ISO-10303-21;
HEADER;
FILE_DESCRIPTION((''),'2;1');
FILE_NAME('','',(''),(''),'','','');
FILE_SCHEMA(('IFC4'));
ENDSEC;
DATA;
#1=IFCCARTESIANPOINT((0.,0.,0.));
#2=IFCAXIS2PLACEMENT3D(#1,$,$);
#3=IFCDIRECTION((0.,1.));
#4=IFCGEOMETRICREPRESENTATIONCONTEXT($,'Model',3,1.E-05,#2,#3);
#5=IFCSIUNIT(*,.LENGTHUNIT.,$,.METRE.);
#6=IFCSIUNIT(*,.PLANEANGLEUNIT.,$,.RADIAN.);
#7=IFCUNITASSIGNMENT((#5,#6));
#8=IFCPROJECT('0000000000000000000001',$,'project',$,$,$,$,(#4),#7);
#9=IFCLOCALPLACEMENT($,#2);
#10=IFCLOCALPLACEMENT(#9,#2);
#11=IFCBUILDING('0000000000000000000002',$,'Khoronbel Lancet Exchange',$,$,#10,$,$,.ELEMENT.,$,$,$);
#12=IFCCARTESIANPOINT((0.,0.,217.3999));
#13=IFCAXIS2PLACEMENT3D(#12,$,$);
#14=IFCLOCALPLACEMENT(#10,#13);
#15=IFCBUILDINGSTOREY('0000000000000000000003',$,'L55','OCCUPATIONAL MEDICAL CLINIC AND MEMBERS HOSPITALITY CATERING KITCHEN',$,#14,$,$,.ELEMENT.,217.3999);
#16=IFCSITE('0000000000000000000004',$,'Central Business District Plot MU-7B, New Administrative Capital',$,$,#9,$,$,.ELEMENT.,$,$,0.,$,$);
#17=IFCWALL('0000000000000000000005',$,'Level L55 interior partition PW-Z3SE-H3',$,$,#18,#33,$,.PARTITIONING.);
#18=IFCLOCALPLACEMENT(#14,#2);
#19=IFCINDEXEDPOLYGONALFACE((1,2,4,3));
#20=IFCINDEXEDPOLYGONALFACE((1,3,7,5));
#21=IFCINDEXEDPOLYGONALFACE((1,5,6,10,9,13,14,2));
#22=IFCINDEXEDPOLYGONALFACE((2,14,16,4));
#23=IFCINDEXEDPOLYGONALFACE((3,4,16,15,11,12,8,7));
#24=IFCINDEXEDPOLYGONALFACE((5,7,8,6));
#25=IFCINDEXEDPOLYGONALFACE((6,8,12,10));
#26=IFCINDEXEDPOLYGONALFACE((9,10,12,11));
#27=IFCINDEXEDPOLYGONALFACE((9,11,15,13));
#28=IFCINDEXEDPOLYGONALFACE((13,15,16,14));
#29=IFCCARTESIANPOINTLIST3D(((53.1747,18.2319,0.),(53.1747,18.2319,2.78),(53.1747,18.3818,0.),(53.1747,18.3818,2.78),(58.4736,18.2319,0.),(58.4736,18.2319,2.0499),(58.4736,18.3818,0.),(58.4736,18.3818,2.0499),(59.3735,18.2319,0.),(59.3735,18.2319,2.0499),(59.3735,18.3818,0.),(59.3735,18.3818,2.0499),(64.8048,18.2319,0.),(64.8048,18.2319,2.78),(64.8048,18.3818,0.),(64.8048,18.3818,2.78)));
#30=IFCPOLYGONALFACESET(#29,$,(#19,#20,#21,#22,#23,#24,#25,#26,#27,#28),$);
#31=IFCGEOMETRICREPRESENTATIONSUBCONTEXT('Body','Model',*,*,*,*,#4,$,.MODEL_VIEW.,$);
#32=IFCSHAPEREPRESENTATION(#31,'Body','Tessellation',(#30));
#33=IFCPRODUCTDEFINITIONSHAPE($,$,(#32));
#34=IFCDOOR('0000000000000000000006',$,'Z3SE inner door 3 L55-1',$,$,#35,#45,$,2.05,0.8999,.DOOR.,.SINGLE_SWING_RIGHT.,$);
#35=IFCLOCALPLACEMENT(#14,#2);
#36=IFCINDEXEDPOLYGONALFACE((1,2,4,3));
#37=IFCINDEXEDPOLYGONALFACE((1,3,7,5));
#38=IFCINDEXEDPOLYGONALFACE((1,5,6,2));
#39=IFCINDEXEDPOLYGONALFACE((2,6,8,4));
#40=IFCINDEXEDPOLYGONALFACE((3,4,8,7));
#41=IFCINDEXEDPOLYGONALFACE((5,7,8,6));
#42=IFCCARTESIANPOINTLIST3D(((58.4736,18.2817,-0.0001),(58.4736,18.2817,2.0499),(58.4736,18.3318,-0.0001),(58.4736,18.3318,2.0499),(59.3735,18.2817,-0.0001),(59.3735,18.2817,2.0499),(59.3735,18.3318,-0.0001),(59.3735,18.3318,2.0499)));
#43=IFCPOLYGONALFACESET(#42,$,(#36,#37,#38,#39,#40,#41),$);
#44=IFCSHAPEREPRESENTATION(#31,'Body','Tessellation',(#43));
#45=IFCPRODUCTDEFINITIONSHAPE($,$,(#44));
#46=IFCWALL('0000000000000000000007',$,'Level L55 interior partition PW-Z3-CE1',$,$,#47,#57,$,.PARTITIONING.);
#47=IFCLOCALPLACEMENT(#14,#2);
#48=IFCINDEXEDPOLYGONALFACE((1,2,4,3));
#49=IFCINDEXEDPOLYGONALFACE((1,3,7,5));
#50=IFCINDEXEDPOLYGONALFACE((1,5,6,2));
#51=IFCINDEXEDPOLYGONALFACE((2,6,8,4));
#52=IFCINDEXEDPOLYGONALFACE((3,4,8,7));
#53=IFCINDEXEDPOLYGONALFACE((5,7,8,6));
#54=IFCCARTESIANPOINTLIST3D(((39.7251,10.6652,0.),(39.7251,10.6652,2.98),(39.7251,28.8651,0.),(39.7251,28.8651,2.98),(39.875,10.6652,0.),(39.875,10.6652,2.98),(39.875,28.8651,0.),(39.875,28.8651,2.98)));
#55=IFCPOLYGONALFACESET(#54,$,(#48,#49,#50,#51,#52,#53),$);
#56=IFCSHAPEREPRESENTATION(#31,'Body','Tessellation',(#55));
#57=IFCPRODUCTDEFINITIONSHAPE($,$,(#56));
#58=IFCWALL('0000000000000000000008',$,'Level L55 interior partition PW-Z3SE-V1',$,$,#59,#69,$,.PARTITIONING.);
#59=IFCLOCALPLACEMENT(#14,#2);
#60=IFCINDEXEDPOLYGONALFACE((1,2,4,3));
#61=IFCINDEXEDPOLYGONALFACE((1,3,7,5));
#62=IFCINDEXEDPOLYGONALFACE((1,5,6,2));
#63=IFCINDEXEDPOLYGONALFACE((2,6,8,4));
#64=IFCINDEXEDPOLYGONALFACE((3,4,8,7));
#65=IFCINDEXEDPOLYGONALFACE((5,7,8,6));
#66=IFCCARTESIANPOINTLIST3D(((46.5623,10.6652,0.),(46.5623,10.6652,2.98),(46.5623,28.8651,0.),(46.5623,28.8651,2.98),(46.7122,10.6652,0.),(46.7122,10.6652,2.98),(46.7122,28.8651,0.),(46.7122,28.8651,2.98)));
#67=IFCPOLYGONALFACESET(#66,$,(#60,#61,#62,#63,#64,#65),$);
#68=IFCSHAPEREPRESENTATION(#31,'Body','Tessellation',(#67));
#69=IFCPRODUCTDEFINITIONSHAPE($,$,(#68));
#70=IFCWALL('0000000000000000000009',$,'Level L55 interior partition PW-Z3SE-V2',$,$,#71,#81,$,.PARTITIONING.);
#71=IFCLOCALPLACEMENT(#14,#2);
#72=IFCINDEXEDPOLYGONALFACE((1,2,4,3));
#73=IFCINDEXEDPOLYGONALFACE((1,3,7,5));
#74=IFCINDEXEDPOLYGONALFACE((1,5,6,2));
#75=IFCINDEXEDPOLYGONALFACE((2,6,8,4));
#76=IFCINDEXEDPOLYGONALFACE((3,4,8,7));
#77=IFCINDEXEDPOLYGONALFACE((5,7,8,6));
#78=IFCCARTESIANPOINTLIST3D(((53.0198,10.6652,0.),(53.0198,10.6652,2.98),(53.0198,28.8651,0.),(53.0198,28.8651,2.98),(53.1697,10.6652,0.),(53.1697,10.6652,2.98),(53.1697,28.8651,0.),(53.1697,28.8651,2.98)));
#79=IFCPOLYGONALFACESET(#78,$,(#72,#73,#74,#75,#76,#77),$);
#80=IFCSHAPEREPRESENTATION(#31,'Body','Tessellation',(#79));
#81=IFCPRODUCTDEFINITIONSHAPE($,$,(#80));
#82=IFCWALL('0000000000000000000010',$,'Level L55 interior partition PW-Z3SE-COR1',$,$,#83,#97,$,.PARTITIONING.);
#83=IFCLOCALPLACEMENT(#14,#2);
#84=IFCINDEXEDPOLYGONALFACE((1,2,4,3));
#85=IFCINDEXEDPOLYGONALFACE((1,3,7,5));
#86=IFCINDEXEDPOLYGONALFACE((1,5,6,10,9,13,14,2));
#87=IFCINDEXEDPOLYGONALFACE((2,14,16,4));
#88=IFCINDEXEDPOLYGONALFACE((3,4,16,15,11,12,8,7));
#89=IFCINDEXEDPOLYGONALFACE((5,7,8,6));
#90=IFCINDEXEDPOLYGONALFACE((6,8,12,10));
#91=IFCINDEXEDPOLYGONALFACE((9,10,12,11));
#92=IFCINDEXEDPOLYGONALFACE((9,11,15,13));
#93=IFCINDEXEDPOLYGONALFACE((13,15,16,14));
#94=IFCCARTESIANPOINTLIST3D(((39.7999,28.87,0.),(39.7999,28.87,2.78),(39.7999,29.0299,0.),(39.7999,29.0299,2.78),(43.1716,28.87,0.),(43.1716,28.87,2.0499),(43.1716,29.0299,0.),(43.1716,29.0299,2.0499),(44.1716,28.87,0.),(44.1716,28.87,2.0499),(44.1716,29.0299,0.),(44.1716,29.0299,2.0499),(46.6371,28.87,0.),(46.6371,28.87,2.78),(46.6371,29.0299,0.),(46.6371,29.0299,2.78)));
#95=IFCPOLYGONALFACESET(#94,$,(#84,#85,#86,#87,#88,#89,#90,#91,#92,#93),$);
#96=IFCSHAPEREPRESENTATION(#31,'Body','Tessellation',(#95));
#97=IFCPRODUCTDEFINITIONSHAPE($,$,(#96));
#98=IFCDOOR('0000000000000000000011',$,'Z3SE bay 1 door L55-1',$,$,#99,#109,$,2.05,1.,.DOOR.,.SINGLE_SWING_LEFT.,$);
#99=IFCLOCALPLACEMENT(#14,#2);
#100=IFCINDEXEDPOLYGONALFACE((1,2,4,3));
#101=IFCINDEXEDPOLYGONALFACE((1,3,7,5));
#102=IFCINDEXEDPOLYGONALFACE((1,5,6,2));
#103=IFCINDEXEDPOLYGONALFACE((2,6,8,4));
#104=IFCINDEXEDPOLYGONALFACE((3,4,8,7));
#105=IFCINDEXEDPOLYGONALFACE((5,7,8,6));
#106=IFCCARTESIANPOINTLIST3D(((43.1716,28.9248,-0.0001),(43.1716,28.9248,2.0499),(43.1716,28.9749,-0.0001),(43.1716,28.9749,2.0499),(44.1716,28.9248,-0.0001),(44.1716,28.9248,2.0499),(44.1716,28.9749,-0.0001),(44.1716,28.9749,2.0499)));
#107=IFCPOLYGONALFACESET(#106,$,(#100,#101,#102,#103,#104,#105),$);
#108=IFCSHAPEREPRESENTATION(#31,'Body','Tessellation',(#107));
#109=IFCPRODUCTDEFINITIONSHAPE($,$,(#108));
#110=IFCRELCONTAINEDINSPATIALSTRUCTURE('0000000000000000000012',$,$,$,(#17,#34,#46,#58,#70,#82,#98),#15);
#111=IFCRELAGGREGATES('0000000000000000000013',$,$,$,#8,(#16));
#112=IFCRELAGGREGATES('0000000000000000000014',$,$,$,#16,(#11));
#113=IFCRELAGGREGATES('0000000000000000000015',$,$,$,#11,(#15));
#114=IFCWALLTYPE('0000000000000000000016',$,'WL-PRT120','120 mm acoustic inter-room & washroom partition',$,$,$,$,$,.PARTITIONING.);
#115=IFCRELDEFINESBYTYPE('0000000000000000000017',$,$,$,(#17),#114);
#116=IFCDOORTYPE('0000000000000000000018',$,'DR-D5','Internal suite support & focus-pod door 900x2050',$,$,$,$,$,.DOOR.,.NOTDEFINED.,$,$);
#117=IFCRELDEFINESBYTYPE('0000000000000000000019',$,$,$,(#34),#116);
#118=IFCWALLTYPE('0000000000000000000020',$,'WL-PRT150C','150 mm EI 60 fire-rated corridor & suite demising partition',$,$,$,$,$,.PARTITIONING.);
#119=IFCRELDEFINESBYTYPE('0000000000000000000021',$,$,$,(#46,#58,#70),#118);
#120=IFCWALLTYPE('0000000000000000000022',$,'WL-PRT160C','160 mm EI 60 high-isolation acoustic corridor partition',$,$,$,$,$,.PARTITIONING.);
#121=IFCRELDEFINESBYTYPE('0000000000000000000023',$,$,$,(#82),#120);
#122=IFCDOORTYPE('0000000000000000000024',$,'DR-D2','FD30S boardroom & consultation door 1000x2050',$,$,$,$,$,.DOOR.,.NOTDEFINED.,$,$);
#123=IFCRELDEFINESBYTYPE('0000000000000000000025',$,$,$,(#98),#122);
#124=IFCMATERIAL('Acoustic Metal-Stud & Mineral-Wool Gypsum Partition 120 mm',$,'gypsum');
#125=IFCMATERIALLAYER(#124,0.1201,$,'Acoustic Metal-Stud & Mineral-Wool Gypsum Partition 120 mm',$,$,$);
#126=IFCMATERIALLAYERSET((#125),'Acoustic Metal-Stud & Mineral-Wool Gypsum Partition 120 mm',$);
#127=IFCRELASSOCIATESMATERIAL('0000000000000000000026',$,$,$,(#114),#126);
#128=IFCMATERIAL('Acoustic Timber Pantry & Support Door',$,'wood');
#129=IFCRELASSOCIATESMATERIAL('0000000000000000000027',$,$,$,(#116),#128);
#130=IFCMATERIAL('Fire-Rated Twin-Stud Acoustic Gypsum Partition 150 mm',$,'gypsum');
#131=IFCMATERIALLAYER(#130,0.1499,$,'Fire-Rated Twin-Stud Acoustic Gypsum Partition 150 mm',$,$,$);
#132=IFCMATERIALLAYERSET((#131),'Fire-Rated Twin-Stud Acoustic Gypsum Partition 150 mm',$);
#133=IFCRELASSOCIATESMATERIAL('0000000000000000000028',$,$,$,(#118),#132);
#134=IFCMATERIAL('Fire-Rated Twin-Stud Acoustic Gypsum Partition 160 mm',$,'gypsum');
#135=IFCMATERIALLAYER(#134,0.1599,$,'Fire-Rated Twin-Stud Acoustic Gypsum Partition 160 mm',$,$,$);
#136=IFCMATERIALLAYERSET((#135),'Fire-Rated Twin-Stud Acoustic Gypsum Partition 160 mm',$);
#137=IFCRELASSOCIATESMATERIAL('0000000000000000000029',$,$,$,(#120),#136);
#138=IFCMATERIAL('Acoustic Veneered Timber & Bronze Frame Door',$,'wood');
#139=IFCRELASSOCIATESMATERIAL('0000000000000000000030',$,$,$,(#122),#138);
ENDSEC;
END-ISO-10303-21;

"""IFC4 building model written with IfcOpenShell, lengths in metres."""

from ifc_helpers import new_model, si_unit, direction, frame, frame_2d, origin, place, context, subcontext, project, spatial, rectangle, extrude, material, layer, layer_set, type_object, element, fill, save


model = new_model("IFC4")

# Units and contexts
model_context = context("Model", 3, precision=1e-05, world=origin(), true_north=direction((0.0, 1.0)))
body_context = subcontext(model_context, "Body", "Model", "MODEL_VIEW")
ifc_project = project(units=[si_unit("LENGTHUNIT", "METRE"), si_unit("PLANEANGLEUNIT", "RADIAN")], contexts=[model_context])

# Site, building, storey
site_placement = place(None, origin())
site = spatial("IfcSite", under=ifc_project, at=site_placement, Name="Central Business District Plot MU-7B, New Administrative Capital", CompositionType="ELEMENT", RefElevation=0.0)
building_placement = place(site_placement, origin())
building = spatial("IfcBuilding", under=site, at=building_placement, Name="Khoronbel Lancet Exchange", CompositionType="ELEMENT")
storey_placement = place(building_placement, frame((0.0, 0.0, 217.3999)))
storey = spatial("IfcBuildingStorey", under=building, at=storey_placement, Name="L55", Description="OCCUPATIONAL MEDICAL CLINIC AND MEMBERS HOSPITALITY CATERING KITCHEN", CompositionType="ELEMENT", Elevation=217.3999)

# Wall, opening, door
ifc_material_1 = material(Name="Acoustic Metal-Stud & Mineral-Wool Gypsum Partition 120 mm", Category="gypsum")
ifc_layer_1 = layer(ifc_material_1, 0.1201, Name="Acoustic Metal-Stud & Mineral-Wool Gypsum Partition 120 mm")
ifc_layer_set_1 = layer_set([ifc_layer_1], Name="Acoustic Metal-Stud & Mineral-Wool Gypsum Partition 120 mm")
wall_type_1 = type_object("IfcWallType", Name="WL-PRT120", Description="120 mm acoustic inter-room & washroom partition", PredefinedType="PARTITIONING", material=ifc_layer_set_1)
ifc_material_2 = material(Name="Acoustic Timber Pantry & Support Door", Category="wood")
door_type_1 = type_object("IfcDoorType", Name="DR-D5", Description="Internal suite support & focus-pod door 900x2050", OperationType="NOTDEFINED", PredefinedType="DOOR", material=ifc_material_2)
wall_1_placement = place(storey_placement, frame((53.1748, 18.3069, 0.0), z_axis=(0.0, 0.0, 1.0), x_axis=(1.0, 0.0, 0.0)))
wall_1 = element("IfcWall", 1, at=wall_1_placement, inside=storey, type_object=wall_type_1, Name="Level L55 interior partition PW-Z3SE-H3", PredefinedType="PARTITIONING", context=body_context, shape_type="SweptSolid", body=[
    extrude(rectangle(XDim=11.6301, YDim=0.1499, at=frame_2d((5.8149, 0.0))), origin(), (0.0, 0.0, 1.0), 2.78),
])
opening_1_placement = place(wall_1_placement, frame((5.2988, 0.0, 0.0)))
opening_1 = element("IfcOpeningElement", 2, at=opening_1_placement, cuts=wall_1, PredefinedType="OPENING", context=body_context, shape_type="SweptSolid", body=[
    extrude(rectangle(XDim=0.8999, YDim=2.05, at=frame_2d((0.45, 1.0249))), frame((0.0, 0.085, 0.0), z_axis=(0.0, -1.0, 0.0), x_axis=(1.0, 0.0, 0.0)), (0.0, 0.0, 1.0), 0.1699),
])
door_1_placement = place(opening_1_placement, origin())
door_1 = element("IfcDoor", 3, at=door_1_placement, inside=storey, type_object=door_type_1, Name="Z3SE inner door 3 L55-1", OperationType="SINGLE_SWING_RIGHT", OverallHeight=2.05, OverallWidth=0.8999, PredefinedType="DOOR", context=body_context, shape_type="SweptSolid", body=[
    extrude(rectangle(XDim=0.8999, YDim=2.05, at=frame_2d((0.45, 1.0249))), frame((0.0, 0.0249, 0.0), z_axis=(0.0, -1.0, 0.0), x_axis=(1.0, 0.0, 0.0)), (0.0, 0.0, 1.0), 0.05),
])
fill(opening_1, door_1)

# Walls
ifc_material_3 = material(Name="Fire-Rated Twin-Stud Acoustic Gypsum Partition 150 mm", Category="gypsum")
ifc_layer_2 = layer(ifc_material_3, 0.1499, Name="Fire-Rated Twin-Stud Acoustic Gypsum Partition 150 mm")
ifc_layer_set_2 = layer_set([ifc_layer_2], Name="Fire-Rated Twin-Stud Acoustic Gypsum Partition 150 mm")
wall_type_2 = type_object("IfcWallType", Name="WL-PRT150C", Description="150 mm EI 60 fire-rated corridor & suite demising partition", PredefinedType="PARTITIONING", material=ifc_layer_set_2)
for number, where, z_axis, x_axis, name in (
    (4, (39.8, 10.665, 0.0), (0.0, 0.0, 1.0), (0.0, 1.0, 0.0), "Level L55 interior partition PW-Z3-CE1"),
    (5, (46.6372, 10.665, 0.0), (0.0, 0.0, 1.0), (0.0, 1.0, 0.0), "Level L55 interior partition PW-Z3SE-V1"),
    (6, (53.0947, 10.665, 0.0), (0.0, 0.0, 1.0), (0.0, 1.0, 0.0), "Level L55 interior partition PW-Z3SE-V2"),
):
    element("IfcWall", number, at=place(storey_placement, frame(where, z_axis=z_axis, x_axis=x_axis)), inside=storey, type_object=wall_type_2, Name=name, PredefinedType="PARTITIONING", context=body_context, shape_type="SweptSolid", body=[
        extrude(rectangle(XDim=18.2, YDim=0.1499, at=frame_2d((9.1001, 0.0))), origin(), (0.0, 0.0, 1.0), 2.98),
    ])

# Wall, opening, door
ifc_material_4 = material(Name="Fire-Rated Twin-Stud Acoustic Gypsum Partition 160 mm", Category="gypsum")
ifc_layer_3 = layer(ifc_material_4, 0.1599, Name="Fire-Rated Twin-Stud Acoustic Gypsum Partition 160 mm")
ifc_layer_set_3 = layer_set([ifc_layer_3], Name="Fire-Rated Twin-Stud Acoustic Gypsum Partition 160 mm")
wall_type_3 = type_object("IfcWallType", Name="WL-PRT160C", Description="160 mm EI 60 high-isolation acoustic corridor partition", PredefinedType="PARTITIONING", material=ifc_layer_set_3)
wall_2_placement = place(storey_placement, frame((39.8, 28.95, 0.0), z_axis=(0.0, 0.0, 1.0), x_axis=(1.0, 0.0, 0.0)))
wall_2 = element("IfcWall", 7, at=wall_2_placement, inside=storey, type_object=wall_type_3, Name="Level L55 interior partition PW-Z3SE-COR1", PredefinedType="PARTITIONING", context=body_context, shape_type="SweptSolid", body=[
    extrude(rectangle(XDim=6.8372, YDim=0.1599, at=frame_2d((3.4185, 0.0))), origin(), (0.0, 0.0, 1.0), 2.78),
])
opening_2_placement = place(wall_2_placement, frame((3.3716, 0.0, 0.0)))
opening_2 = element("IfcOpeningElement", 8, at=opening_2_placement, cuts=wall_2, PredefinedType="OPENING", context=body_context, shape_type="SweptSolid", body=[
    extrude(rectangle(XDim=1.0, YDim=2.05, at=frame_2d((0.5, 1.0249))), frame((0.0, 0.0898, 0.0), z_axis=(0.0, -1.0, 0.0), x_axis=(1.0, 0.0, 0.0)), (0.0, 0.0, 1.0), 0.1799),
])
ifc_material_5 = material(Name="Acoustic Veneered Timber & Bronze Frame Door", Category="wood")
door_type_2 = type_object("IfcDoorType", Name="DR-D2", Description="FD30S boardroom & consultation door 1000x2050", OperationType="NOTDEFINED", PredefinedType="DOOR", material=ifc_material_5)
door_2_placement = place(opening_2_placement, origin())
door_2 = element("IfcDoor", 9, at=door_2_placement, inside=storey, type_object=door_type_2, Name="Z3SE bay 1 door L55-1", OperationType="SINGLE_SWING_LEFT", OverallHeight=2.05, OverallWidth=1.0, PredefinedType="DOOR", context=body_context, shape_type="SweptSolid", body=[
    extrude(rectangle(XDim=1.0, YDim=2.05, at=frame_2d((0.5, 1.0249))), frame((0.0, 0.0249, 0.0), z_axis=(0.0, -1.0, 0.0), x_axis=(1.0, 0.0, 0.0)), (0.0, 0.0, 1.0), 0.05),
])
fill(opening_2, door_2)

save(model, "model.ifc")
